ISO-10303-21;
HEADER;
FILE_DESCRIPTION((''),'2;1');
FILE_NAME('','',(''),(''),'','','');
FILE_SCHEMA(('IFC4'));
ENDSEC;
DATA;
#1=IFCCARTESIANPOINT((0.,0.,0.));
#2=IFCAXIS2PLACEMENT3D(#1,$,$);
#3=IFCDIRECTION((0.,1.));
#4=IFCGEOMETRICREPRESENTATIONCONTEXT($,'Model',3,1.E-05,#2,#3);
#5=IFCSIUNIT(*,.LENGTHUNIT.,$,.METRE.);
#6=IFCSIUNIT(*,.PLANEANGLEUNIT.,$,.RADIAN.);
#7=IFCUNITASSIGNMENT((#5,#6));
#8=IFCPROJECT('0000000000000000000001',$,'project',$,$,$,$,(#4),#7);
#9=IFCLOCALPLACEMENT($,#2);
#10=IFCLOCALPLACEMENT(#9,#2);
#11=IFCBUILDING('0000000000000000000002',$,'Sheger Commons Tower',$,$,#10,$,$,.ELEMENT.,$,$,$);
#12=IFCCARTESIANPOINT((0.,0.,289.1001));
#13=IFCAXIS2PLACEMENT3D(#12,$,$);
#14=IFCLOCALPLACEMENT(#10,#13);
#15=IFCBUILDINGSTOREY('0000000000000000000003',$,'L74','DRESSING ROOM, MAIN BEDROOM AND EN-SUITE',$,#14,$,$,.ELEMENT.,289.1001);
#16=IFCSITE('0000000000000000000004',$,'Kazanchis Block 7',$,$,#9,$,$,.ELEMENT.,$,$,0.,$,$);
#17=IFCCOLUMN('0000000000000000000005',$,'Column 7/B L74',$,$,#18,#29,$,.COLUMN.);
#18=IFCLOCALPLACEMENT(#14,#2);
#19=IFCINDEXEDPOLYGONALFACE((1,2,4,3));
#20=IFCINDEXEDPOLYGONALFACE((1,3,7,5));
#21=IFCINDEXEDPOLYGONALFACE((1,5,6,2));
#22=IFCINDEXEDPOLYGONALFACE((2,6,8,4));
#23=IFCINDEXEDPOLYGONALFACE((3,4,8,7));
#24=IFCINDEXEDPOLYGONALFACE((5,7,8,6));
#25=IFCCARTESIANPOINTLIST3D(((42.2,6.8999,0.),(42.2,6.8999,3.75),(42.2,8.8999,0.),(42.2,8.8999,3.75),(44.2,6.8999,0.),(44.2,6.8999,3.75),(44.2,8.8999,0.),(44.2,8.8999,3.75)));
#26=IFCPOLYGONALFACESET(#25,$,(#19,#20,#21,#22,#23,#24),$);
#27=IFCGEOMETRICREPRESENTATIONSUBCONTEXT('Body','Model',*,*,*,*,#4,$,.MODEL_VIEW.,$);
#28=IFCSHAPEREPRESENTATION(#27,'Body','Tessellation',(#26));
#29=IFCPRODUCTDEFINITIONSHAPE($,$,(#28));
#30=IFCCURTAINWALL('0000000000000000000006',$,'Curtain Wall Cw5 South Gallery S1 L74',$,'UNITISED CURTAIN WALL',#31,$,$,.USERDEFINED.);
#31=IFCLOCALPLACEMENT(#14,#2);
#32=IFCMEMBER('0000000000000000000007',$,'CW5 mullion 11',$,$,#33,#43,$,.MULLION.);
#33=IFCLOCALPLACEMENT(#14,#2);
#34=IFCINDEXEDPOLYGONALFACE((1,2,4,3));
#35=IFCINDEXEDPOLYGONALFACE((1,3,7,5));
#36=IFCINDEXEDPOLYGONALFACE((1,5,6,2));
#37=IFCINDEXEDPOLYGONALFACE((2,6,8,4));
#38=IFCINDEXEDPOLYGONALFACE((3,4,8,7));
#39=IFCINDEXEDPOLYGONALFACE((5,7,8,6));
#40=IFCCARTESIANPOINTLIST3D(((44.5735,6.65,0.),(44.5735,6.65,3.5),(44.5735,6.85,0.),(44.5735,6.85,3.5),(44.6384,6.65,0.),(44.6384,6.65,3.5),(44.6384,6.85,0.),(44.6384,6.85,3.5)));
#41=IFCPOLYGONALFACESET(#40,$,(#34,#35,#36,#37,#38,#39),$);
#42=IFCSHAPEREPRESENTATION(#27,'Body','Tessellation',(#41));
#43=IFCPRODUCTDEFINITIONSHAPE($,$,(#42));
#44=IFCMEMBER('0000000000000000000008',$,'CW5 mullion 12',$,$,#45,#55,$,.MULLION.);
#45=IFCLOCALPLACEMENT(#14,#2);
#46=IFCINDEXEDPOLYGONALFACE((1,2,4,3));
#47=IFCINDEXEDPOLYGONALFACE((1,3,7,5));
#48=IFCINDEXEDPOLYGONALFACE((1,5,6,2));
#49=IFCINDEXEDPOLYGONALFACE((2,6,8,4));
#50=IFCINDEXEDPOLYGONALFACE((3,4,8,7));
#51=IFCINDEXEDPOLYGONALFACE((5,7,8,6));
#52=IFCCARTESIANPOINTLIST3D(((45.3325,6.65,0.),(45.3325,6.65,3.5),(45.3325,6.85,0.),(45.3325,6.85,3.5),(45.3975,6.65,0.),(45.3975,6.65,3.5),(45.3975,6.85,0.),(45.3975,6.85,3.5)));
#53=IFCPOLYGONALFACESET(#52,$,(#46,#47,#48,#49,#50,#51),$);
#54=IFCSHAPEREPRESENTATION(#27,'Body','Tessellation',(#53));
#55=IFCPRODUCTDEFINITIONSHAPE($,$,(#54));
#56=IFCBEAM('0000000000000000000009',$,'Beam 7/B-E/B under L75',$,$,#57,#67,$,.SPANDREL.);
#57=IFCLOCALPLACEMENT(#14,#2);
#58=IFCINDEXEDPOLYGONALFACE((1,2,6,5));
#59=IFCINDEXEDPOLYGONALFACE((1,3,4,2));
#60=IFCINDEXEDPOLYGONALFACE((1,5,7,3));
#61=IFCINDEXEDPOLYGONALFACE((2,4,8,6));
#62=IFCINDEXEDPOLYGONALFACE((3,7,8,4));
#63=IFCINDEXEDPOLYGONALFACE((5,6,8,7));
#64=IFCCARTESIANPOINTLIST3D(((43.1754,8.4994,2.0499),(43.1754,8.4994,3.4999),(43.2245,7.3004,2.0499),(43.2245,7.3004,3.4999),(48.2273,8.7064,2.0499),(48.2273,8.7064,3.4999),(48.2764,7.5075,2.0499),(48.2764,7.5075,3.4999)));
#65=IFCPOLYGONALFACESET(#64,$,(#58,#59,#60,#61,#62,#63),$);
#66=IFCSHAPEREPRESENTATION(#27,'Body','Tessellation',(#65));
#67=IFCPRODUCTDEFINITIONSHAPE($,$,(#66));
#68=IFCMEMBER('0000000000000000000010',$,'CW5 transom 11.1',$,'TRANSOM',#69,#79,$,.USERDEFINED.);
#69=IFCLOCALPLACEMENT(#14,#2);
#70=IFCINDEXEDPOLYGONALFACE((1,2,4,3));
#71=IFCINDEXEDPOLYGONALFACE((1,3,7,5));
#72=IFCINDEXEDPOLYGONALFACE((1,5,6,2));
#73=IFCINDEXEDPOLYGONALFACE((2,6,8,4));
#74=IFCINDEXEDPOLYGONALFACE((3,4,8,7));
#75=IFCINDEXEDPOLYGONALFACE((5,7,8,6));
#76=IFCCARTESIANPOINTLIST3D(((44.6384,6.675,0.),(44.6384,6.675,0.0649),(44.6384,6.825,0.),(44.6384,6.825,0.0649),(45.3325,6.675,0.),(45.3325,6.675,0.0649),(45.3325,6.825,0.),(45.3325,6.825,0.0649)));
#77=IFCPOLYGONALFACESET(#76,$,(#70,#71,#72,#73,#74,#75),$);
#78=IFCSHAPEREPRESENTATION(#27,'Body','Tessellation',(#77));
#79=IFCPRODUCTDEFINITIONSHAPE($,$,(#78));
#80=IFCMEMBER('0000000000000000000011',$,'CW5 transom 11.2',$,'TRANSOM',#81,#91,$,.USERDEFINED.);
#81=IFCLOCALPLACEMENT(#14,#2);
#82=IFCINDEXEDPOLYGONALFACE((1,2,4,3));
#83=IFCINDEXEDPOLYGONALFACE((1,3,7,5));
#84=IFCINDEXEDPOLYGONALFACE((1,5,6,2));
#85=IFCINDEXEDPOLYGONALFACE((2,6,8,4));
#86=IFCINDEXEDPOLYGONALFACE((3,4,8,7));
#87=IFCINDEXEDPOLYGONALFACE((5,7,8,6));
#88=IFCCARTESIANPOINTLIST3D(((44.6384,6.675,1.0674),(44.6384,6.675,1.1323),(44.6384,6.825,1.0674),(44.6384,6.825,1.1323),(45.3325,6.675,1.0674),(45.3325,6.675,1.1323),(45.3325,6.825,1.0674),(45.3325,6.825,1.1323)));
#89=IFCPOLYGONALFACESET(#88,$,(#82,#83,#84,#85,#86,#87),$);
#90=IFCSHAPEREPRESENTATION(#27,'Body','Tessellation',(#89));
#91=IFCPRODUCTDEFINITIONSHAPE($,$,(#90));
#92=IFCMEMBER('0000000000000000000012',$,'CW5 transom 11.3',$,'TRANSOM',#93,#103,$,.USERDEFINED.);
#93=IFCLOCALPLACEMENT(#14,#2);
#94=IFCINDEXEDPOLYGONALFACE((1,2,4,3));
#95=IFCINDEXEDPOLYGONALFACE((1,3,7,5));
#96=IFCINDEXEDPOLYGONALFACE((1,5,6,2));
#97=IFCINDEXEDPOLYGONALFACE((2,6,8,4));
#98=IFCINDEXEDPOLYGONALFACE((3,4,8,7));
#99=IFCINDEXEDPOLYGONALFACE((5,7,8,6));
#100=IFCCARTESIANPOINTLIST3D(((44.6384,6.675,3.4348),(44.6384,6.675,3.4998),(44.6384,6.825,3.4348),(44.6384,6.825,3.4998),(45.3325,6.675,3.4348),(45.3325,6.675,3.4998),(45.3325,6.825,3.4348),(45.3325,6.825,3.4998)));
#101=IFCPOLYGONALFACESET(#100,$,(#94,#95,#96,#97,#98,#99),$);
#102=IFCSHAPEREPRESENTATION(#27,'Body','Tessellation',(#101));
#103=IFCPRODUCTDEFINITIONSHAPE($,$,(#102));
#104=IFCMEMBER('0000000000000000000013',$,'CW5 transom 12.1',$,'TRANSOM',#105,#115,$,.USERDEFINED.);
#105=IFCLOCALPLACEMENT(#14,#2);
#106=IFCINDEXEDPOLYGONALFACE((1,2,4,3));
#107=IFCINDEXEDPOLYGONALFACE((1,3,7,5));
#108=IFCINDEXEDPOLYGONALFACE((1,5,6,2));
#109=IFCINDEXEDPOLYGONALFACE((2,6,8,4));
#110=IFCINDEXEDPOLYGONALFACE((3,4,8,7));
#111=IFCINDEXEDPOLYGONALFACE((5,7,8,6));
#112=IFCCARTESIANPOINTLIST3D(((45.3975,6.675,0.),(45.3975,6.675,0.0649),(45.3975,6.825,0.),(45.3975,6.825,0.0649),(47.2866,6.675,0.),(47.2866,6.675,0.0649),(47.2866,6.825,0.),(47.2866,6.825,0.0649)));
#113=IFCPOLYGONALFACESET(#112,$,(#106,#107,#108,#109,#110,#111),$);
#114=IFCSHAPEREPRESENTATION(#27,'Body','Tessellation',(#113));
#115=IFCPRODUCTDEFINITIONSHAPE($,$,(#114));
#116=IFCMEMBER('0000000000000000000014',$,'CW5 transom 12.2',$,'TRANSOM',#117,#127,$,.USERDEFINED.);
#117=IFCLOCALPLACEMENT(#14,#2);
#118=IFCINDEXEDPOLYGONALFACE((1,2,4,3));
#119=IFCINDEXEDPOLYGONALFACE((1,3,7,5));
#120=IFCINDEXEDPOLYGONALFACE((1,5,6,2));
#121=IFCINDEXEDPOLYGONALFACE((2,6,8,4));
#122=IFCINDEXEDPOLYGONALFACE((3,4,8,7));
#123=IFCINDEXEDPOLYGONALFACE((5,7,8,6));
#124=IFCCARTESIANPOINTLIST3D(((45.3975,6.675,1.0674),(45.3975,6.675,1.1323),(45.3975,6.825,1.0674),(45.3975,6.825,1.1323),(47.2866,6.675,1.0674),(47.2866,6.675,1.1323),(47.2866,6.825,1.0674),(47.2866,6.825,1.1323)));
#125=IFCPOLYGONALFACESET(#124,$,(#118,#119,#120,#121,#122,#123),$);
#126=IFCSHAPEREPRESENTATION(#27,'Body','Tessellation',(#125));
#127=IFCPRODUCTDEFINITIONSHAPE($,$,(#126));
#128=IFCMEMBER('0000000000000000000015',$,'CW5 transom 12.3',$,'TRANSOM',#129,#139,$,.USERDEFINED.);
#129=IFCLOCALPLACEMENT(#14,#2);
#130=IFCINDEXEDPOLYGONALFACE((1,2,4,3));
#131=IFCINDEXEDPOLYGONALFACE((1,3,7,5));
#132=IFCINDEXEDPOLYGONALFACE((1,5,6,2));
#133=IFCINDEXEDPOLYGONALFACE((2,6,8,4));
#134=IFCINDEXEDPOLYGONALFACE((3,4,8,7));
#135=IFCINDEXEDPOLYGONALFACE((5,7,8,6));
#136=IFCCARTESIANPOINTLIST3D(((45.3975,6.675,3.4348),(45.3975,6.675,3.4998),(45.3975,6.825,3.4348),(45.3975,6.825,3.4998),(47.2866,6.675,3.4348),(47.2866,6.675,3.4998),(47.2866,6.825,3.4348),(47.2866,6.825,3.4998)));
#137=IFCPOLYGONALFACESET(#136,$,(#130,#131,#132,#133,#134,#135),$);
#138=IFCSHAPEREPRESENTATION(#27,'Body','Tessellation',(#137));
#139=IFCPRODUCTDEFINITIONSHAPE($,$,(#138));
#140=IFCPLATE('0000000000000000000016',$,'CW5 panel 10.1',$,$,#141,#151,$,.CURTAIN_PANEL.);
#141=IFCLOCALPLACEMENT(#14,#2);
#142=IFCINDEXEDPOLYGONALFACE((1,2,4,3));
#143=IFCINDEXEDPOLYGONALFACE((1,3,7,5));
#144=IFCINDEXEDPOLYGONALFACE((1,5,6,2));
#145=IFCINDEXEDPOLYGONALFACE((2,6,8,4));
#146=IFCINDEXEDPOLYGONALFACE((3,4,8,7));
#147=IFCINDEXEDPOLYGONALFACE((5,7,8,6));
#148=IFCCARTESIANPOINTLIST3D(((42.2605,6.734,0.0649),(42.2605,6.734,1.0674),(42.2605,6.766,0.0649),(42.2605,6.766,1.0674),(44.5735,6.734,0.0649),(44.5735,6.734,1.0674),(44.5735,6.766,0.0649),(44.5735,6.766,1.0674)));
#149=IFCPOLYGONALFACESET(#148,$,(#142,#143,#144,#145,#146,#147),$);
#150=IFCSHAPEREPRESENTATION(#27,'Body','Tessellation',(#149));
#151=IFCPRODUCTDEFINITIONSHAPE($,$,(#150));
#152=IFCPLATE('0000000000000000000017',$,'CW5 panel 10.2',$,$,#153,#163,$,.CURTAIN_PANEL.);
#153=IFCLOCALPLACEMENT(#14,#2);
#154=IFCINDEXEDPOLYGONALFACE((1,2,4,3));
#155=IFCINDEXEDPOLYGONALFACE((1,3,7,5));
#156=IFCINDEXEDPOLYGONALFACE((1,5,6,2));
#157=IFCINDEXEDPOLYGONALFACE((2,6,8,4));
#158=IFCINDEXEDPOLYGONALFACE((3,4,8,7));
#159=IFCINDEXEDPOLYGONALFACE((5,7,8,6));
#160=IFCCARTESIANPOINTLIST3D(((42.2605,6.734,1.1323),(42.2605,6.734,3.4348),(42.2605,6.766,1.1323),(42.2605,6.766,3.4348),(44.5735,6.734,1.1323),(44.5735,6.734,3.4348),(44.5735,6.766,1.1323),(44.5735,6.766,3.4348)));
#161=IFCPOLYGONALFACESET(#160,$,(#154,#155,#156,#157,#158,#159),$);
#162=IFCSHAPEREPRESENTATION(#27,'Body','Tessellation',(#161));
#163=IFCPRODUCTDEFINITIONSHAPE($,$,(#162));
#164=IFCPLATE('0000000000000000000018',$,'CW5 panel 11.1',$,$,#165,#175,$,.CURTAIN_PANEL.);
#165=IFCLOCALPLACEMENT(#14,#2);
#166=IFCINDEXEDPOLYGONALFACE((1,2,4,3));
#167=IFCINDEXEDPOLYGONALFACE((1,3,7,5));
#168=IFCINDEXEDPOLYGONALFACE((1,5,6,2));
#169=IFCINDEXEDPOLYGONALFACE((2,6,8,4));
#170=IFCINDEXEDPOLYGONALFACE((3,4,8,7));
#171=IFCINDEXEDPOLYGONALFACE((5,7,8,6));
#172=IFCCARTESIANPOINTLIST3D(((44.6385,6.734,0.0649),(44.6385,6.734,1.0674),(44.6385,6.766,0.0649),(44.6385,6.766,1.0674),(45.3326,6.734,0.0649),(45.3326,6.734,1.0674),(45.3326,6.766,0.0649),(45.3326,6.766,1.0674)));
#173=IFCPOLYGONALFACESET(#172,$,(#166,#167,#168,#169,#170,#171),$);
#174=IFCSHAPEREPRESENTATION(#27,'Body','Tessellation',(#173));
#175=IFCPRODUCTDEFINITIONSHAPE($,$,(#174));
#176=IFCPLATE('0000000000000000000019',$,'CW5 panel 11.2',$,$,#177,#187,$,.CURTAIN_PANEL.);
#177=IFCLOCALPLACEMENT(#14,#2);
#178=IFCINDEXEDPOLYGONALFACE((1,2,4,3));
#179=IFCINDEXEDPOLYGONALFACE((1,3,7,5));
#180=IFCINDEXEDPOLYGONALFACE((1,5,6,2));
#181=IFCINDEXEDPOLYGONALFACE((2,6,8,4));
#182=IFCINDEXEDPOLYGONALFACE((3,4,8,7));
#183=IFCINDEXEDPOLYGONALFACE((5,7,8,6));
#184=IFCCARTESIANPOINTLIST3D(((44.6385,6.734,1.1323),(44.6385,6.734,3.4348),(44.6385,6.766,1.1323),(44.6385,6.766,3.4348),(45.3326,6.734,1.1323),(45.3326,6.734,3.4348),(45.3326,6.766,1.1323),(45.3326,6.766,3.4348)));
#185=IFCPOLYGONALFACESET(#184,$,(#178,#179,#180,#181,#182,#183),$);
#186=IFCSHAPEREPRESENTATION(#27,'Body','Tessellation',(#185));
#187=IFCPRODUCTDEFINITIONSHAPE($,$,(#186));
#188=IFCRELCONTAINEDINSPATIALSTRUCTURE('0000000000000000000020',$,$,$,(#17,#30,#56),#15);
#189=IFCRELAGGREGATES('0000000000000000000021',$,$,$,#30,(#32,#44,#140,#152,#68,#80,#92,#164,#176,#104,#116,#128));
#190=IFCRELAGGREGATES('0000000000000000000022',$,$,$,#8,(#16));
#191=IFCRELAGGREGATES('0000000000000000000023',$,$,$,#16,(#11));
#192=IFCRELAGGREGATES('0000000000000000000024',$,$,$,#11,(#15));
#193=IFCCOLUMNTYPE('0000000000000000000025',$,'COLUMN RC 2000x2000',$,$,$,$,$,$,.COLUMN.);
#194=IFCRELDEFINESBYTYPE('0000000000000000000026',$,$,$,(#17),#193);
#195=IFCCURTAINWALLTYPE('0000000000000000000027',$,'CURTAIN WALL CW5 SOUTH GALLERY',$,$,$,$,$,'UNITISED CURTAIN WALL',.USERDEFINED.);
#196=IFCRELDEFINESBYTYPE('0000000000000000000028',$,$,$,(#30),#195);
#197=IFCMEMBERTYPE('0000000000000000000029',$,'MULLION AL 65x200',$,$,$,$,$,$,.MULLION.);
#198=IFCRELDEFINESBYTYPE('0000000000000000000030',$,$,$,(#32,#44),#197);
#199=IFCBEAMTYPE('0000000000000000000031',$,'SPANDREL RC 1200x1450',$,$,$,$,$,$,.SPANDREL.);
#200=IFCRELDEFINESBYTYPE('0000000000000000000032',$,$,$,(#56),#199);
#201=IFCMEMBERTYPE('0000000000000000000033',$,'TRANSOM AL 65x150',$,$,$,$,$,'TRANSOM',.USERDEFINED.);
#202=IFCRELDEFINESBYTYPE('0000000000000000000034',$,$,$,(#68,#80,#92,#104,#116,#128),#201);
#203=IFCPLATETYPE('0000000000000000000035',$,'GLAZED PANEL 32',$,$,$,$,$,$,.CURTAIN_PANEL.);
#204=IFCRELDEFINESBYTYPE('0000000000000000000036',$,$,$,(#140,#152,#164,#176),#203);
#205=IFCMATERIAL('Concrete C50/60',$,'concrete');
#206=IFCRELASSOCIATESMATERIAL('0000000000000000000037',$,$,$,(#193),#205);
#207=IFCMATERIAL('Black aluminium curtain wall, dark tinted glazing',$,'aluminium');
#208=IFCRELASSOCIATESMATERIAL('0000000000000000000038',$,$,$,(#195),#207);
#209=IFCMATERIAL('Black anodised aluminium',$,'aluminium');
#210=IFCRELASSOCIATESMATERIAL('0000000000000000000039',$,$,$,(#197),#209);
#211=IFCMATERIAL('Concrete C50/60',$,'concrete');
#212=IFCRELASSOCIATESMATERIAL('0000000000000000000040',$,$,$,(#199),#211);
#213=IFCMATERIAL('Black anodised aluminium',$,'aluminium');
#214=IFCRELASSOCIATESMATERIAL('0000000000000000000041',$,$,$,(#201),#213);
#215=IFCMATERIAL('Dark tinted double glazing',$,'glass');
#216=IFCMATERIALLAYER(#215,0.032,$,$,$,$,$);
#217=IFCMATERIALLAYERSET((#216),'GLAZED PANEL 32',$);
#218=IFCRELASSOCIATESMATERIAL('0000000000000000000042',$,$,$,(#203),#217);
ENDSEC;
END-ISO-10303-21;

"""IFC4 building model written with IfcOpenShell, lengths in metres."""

from ifc_helpers import new_model, si_unit, direction, frame, origin, origin_2d, place, context, subcontext, project, spatial, rectangle, extrude, material, layer, layer_set, material_profile, profile_set, type_object, element, aggregate, save


model = new_model("IFC4")

# Units and contexts
model_context = context("Model", 3, precision=1e-05, world=origin(), true_north=direction((0.0, 1.0)))
body_context = subcontext(model_context, "Body", "Model", "MODEL_VIEW")
ifc_project = project(units=[si_unit("LENGTHUNIT", "METRE"), si_unit("PLANEANGLEUNIT", "RADIAN")], contexts=[model_context])

# Site, building, storey
site_placement = place(None, origin())
site = spatial("IfcSite", under=ifc_project, at=site_placement, Name="Kazanchis Block 7", CompositionType="ELEMENT", RefElevation=0.0)
building_placement = place(site_placement, origin())
building = spatial("IfcBuilding", under=site, at=building_placement, Name="Sheger Commons Tower", CompositionType="ELEMENT")
storey_placement = place(building_placement, frame((0.0, 0.0, 289.1001)))
storey = spatial("IfcBuildingStorey", under=building, at=storey_placement, Name="L74", Description="DRESSING ROOM, MAIN BEDROOM AND EN-SUITE", CompositionType="ELEMENT", Elevation=289.1001)

# Column
ifc_material_1 = material(Name="Concrete C50/60", Category="concrete")
ifc_material_profile_1 = material_profile(ifc_material_1, rectangle(XDim=2.0, YDim=2.0, at=origin_2d()), Name="RC 2000x2000")
ifc_profile_set_1 = profile_set([ifc_material_profile_1], Name="Concrete C50/60")
column_type = type_object("IfcColumnType", Name="COLUMN RC 2000x2000", PredefinedType="COLUMN", material=ifc_profile_set_1)
column_placement = place(storey_placement, frame((43.2, 7.8999, 0.0), z_axis=(0.0, 0.0, 1.0), x_axis=(1.0, 0.0, 0.0)))
element("IfcColumn", 1, at=column_placement, inside=storey, type_object=column_type, Name="Column 7/B L74", PredefinedType="COLUMN", context=body_context, shape_type="SweptSolid", body=[
    extrude(rectangle(XDim=2.0, YDim=2.0, at=origin_2d()), origin(), (0.0, 0.0, 1.0), 3.75),
])

# Curtain wall, members
ifc_material_2 = material(Name="Black aluminium curtain wall, dark tinted glazing", Category="aluminium")
curtain_wall_type = type_object("IfcCurtainWallType", Name="CURTAIN WALL CW5 SOUTH GALLERY", ElementType="UNITISED CURTAIN WALL", PredefinedType="USERDEFINED", material=ifc_material_2)
curtain_wall_placement = place(storey_placement, origin())
curtain_wall = element("IfcCurtainWall", 2, at=curtain_wall_placement, inside=storey, type_object=curtain_wall_type, Name="Curtain Wall Cw5 South Gallery S1 L74", ObjectType="UNITISED CURTAIN WALL", PredefinedType="USERDEFINED")
ifc_material_3 = material(Name="Black anodised aluminium", Category="aluminium")
ifc_material_profile_2 = material_profile(ifc_material_3, rectangle(XDim=0.2, YDim=0.0649, at=origin_2d()), Name="AL 65x200")
ifc_profile_set_2 = profile_set([ifc_material_profile_2], Name="Black anodised aluminium")
member_type_1 = type_object("IfcMemberType", Name="MULLION AL 65x200", PredefinedType="MULLION", material=ifc_profile_set_2)
member_1_placement = place(storey_placement, frame((44.606, 6.75, 0.0), z_axis=(0.0, 0.0, 1.0), x_axis=(0.0, 1.0, 0.0)))
member_1 = element("IfcMember", 3, at=member_1_placement, type_object=member_type_1, Name="CW5 mullion 11", PredefinedType="MULLION", context=body_context, shape_type="SweptSolid", body=[
    extrude(rectangle(XDim=0.2, YDim=0.0649, at=origin_2d()), origin(), (0.0, 0.0, 1.0), 3.5),
])
member_2_placement = place(storey_placement, frame((45.365, 6.75, 0.0), z_axis=(0.0, 0.0, 1.0), x_axis=(0.0, 1.0, 0.0)))
member_2 = element("IfcMember", 4, at=member_2_placement, type_object=member_type_1, Name="CW5 mullion 12", PredefinedType="MULLION", context=body_context, shape_type="SweptSolid", body=[
    extrude(rectangle(XDim=0.2, YDim=0.0649, at=origin_2d()), origin(), (0.0, 0.0, 1.0), 3.5),
])

# Beam
ifc_material_4 = material(Name="Concrete C50/60", Category="concrete")
ifc_material_profile_3 = material_profile(ifc_material_4, rectangle(XDim=1.2, YDim=1.45, at=origin_2d()), Name="RC 1200x1450")
ifc_profile_set_3 = profile_set([ifc_material_profile_3], Name="Concrete C50/60")
beam_type = type_object("IfcBeamType", Name="SPANDREL RC 1200x1450", PredefinedType="SPANDREL", material=ifc_profile_set_3)
beam_placement = place(storey_placement, frame((43.2, 7.8999, 2.7749), z_axis=(0.999161, 0.040946, 0.0), x_axis=(-0.040946, 0.999161, 0.0)))
element("IfcBeam", 5, at=beam_placement, inside=storey, type_object=beam_type, Name="Beam 7/B-E/B under L75", PredefinedType="SPANDREL", context=body_context, shape_type="SweptSolid", body=[
    extrude(rectangle(XDim=1.2, YDim=1.45, at=origin_2d()), origin(), (0.0, 0.0, 1.0), 5.0562),
])

# Members
ifc_material_5 = material(Name="Black anodised aluminium", Category="aluminium")
ifc_material_profile_4 = material_profile(ifc_material_5, rectangle(XDim=0.1499, YDim=0.0649, at=origin_2d()), Name="AL 65x150")
ifc_profile_set_4 = profile_set([ifc_material_profile_4], Name="Black anodised aluminium")
member_type_2 = type_object("IfcMemberType", Name="TRANSOM AL 65x150", ElementType="TRANSOM", PredefinedType="USERDEFINED", material=ifc_profile_set_4)
member_3_placement = place(storey_placement, frame((44.6384, 6.75, 0.0325), z_axis=(1.0, 0.0, 0.0), x_axis=(0.0, 1.0, 0.0)))
member_3 = element("IfcMember", 6, at=member_3_placement, type_object=member_type_2, Name="CW5 transom 11.1", ObjectType="TRANSOM", PredefinedType="USERDEFINED", context=body_context, shape_type="SweptSolid", body=[
    extrude(rectangle(XDim=0.1499, YDim=0.0649, at=origin_2d()), origin(), (0.0, 0.0, 1.0), 0.6941),
])
member_4_placement = place(storey_placement, frame((44.6384, 6.75, 1.0999), z_axis=(1.0, 0.0, 0.0), x_axis=(0.0, 1.0, 0.0)))
member_4 = element("IfcMember", 7, at=member_4_placement, type_object=member_type_2, Name="CW5 transom 11.2", ObjectType="TRANSOM", PredefinedType="USERDEFINED", context=body_context, shape_type="SweptSolid", body=[
    extrude(rectangle(XDim=0.1499, YDim=0.0649, at=origin_2d()), origin(), (0.0, 0.0, 1.0), 0.6941),
])
member_5_placement = place(storey_placement, frame((44.6384, 6.75, 3.4673), z_axis=(1.0, 0.0, 0.0), x_axis=(0.0, 1.0, 0.0)))
member_5 = element("IfcMember", 8, at=member_5_placement, type_object=member_type_2, Name="CW5 transom 11.3", ObjectType="TRANSOM", PredefinedType="USERDEFINED", context=body_context, shape_type="SweptSolid", body=[
    extrude(rectangle(XDim=0.1499, YDim=0.0649, at=origin_2d()), origin(), (0.0, 0.0, 1.0), 0.6941),
])
member_6_placement = place(storey_placement, frame((45.3975, 6.75, 0.0325), z_axis=(1.0, 0.0, 0.0), x_axis=(0.0, 1.0, 0.0)))
member_6 = element("IfcMember", 9, at=member_6_placement, type_object=member_type_2, Name="CW5 transom 12.1", ObjectType="TRANSOM", PredefinedType="USERDEFINED", context=body_context, shape_type="SweptSolid", body=[
    extrude(rectangle(XDim=0.1499, YDim=0.0649, at=origin_2d()), origin(), (0.0, 0.0, 1.0), 1.8892),
])
member_7_placement = place(storey_placement, frame((45.3975, 6.75, 1.0999), z_axis=(1.0, 0.0, 0.0), x_axis=(0.0, 1.0, 0.0)))
member_7 = element("IfcMember", 10, at=member_7_placement, type_object=member_type_2, Name="CW5 transom 12.2", ObjectType="TRANSOM", PredefinedType="USERDEFINED", context=body_context, shape_type="SweptSolid", body=[
    extrude(rectangle(XDim=0.1499, YDim=0.0649, at=origin_2d()), origin(), (0.0, 0.0, 1.0), 1.8892),
])
member_8_placement = place(storey_placement, frame((45.3975, 6.75, 3.4673), z_axis=(1.0, 0.0, 0.0), x_axis=(0.0, 1.0, 0.0)))
member_8 = element("IfcMember", 11, at=member_8_placement, type_object=member_type_2, Name="CW5 transom 12.3", ObjectType="TRANSOM", PredefinedType="USERDEFINED", context=body_context, shape_type="SweptSolid", body=[
    extrude(rectangle(XDim=0.1499, YDim=0.0649, at=origin_2d()), origin(), (0.0, 0.0, 1.0), 1.8892),
])

# Plates
ifc_material_6 = material(Name="Dark tinted double glazing", Category="glass")
ifc_layer_1 = layer(ifc_material_6, 0.032)
ifc_layer_set_1 = layer_set([ifc_layer_1], Name="GLAZED PANEL 32")
plate_type_1 = type_object("IfcPlateType", Name="GLAZED PANEL 32", PredefinedType="CURTAIN_PANEL", material=ifc_layer_set_1)
plate_1_placement = place(storey_placement, frame((43.417, 6.75, 0.0649), z_axis=(0.0, 0.0, 1.0), x_axis=(1.0, 0.0, 0.0)))
plate_1 = element("IfcPlate", 12, at=plate_1_placement, type_object=plate_type_1, Name="CW5 panel 10.1", PredefinedType="CURTAIN_PANEL", context=body_context, shape_type="SweptSolid", body=[
    extrude(rectangle(XDim=2.313, YDim=0.032, at=origin_2d()), origin(), (0.0, 0.0, 1.0), 1.0024),
])
plate_2_placement = place(storey_placement, frame((43.417, 6.75, 1.1323), z_axis=(0.0, 0.0, 1.0), x_axis=(1.0, 0.0, 0.0)))
plate_2 = element("IfcPlate", 13, at=plate_2_placement, type_object=plate_type_1, Name="CW5 panel 10.2", PredefinedType="CURTAIN_PANEL", context=body_context, shape_type="SweptSolid", body=[
    extrude(rectangle(XDim=2.313, YDim=0.032, at=origin_2d()), origin(), (0.0, 0.0, 1.0), 2.3025),
])
plate_3_placement = place(storey_placement, frame((44.9856, 6.75, 0.0649), z_axis=(0.0, 0.0, 1.0), x_axis=(1.0, 0.0, 0.0)))
plate_3 = element("IfcPlate", 14, at=plate_3_placement, type_object=plate_type_1, Name="CW5 panel 11.1", PredefinedType="CURTAIN_PANEL", context=body_context, shape_type="SweptSolid", body=[
    extrude(rectangle(XDim=0.6941, YDim=0.032, at=origin_2d()), origin(), (0.0, 0.0, 1.0), 1.0024),
])
plate_4_placement = place(storey_placement, frame((44.9856, 6.75, 1.1323), z_axis=(0.0, 0.0, 1.0), x_axis=(1.0, 0.0, 0.0)))
plate_4 = element("IfcPlate", 15, at=plate_4_placement, type_object=plate_type_1, Name="CW5 panel 11.2", PredefinedType="CURTAIN_PANEL", context=body_context, shape_type="SweptSolid", body=[
    extrude(rectangle(XDim=0.6941, YDim=0.032, at=origin_2d()), origin(), (0.0, 0.0, 1.0), 2.3025),
])
aggregate(curtain_wall, [member_1, member_2, plate_1, plate_2, member_3, member_4, member_5, plate_3, plate_4, member_6, member_7, member_8])

save(model, "model.ifc")
